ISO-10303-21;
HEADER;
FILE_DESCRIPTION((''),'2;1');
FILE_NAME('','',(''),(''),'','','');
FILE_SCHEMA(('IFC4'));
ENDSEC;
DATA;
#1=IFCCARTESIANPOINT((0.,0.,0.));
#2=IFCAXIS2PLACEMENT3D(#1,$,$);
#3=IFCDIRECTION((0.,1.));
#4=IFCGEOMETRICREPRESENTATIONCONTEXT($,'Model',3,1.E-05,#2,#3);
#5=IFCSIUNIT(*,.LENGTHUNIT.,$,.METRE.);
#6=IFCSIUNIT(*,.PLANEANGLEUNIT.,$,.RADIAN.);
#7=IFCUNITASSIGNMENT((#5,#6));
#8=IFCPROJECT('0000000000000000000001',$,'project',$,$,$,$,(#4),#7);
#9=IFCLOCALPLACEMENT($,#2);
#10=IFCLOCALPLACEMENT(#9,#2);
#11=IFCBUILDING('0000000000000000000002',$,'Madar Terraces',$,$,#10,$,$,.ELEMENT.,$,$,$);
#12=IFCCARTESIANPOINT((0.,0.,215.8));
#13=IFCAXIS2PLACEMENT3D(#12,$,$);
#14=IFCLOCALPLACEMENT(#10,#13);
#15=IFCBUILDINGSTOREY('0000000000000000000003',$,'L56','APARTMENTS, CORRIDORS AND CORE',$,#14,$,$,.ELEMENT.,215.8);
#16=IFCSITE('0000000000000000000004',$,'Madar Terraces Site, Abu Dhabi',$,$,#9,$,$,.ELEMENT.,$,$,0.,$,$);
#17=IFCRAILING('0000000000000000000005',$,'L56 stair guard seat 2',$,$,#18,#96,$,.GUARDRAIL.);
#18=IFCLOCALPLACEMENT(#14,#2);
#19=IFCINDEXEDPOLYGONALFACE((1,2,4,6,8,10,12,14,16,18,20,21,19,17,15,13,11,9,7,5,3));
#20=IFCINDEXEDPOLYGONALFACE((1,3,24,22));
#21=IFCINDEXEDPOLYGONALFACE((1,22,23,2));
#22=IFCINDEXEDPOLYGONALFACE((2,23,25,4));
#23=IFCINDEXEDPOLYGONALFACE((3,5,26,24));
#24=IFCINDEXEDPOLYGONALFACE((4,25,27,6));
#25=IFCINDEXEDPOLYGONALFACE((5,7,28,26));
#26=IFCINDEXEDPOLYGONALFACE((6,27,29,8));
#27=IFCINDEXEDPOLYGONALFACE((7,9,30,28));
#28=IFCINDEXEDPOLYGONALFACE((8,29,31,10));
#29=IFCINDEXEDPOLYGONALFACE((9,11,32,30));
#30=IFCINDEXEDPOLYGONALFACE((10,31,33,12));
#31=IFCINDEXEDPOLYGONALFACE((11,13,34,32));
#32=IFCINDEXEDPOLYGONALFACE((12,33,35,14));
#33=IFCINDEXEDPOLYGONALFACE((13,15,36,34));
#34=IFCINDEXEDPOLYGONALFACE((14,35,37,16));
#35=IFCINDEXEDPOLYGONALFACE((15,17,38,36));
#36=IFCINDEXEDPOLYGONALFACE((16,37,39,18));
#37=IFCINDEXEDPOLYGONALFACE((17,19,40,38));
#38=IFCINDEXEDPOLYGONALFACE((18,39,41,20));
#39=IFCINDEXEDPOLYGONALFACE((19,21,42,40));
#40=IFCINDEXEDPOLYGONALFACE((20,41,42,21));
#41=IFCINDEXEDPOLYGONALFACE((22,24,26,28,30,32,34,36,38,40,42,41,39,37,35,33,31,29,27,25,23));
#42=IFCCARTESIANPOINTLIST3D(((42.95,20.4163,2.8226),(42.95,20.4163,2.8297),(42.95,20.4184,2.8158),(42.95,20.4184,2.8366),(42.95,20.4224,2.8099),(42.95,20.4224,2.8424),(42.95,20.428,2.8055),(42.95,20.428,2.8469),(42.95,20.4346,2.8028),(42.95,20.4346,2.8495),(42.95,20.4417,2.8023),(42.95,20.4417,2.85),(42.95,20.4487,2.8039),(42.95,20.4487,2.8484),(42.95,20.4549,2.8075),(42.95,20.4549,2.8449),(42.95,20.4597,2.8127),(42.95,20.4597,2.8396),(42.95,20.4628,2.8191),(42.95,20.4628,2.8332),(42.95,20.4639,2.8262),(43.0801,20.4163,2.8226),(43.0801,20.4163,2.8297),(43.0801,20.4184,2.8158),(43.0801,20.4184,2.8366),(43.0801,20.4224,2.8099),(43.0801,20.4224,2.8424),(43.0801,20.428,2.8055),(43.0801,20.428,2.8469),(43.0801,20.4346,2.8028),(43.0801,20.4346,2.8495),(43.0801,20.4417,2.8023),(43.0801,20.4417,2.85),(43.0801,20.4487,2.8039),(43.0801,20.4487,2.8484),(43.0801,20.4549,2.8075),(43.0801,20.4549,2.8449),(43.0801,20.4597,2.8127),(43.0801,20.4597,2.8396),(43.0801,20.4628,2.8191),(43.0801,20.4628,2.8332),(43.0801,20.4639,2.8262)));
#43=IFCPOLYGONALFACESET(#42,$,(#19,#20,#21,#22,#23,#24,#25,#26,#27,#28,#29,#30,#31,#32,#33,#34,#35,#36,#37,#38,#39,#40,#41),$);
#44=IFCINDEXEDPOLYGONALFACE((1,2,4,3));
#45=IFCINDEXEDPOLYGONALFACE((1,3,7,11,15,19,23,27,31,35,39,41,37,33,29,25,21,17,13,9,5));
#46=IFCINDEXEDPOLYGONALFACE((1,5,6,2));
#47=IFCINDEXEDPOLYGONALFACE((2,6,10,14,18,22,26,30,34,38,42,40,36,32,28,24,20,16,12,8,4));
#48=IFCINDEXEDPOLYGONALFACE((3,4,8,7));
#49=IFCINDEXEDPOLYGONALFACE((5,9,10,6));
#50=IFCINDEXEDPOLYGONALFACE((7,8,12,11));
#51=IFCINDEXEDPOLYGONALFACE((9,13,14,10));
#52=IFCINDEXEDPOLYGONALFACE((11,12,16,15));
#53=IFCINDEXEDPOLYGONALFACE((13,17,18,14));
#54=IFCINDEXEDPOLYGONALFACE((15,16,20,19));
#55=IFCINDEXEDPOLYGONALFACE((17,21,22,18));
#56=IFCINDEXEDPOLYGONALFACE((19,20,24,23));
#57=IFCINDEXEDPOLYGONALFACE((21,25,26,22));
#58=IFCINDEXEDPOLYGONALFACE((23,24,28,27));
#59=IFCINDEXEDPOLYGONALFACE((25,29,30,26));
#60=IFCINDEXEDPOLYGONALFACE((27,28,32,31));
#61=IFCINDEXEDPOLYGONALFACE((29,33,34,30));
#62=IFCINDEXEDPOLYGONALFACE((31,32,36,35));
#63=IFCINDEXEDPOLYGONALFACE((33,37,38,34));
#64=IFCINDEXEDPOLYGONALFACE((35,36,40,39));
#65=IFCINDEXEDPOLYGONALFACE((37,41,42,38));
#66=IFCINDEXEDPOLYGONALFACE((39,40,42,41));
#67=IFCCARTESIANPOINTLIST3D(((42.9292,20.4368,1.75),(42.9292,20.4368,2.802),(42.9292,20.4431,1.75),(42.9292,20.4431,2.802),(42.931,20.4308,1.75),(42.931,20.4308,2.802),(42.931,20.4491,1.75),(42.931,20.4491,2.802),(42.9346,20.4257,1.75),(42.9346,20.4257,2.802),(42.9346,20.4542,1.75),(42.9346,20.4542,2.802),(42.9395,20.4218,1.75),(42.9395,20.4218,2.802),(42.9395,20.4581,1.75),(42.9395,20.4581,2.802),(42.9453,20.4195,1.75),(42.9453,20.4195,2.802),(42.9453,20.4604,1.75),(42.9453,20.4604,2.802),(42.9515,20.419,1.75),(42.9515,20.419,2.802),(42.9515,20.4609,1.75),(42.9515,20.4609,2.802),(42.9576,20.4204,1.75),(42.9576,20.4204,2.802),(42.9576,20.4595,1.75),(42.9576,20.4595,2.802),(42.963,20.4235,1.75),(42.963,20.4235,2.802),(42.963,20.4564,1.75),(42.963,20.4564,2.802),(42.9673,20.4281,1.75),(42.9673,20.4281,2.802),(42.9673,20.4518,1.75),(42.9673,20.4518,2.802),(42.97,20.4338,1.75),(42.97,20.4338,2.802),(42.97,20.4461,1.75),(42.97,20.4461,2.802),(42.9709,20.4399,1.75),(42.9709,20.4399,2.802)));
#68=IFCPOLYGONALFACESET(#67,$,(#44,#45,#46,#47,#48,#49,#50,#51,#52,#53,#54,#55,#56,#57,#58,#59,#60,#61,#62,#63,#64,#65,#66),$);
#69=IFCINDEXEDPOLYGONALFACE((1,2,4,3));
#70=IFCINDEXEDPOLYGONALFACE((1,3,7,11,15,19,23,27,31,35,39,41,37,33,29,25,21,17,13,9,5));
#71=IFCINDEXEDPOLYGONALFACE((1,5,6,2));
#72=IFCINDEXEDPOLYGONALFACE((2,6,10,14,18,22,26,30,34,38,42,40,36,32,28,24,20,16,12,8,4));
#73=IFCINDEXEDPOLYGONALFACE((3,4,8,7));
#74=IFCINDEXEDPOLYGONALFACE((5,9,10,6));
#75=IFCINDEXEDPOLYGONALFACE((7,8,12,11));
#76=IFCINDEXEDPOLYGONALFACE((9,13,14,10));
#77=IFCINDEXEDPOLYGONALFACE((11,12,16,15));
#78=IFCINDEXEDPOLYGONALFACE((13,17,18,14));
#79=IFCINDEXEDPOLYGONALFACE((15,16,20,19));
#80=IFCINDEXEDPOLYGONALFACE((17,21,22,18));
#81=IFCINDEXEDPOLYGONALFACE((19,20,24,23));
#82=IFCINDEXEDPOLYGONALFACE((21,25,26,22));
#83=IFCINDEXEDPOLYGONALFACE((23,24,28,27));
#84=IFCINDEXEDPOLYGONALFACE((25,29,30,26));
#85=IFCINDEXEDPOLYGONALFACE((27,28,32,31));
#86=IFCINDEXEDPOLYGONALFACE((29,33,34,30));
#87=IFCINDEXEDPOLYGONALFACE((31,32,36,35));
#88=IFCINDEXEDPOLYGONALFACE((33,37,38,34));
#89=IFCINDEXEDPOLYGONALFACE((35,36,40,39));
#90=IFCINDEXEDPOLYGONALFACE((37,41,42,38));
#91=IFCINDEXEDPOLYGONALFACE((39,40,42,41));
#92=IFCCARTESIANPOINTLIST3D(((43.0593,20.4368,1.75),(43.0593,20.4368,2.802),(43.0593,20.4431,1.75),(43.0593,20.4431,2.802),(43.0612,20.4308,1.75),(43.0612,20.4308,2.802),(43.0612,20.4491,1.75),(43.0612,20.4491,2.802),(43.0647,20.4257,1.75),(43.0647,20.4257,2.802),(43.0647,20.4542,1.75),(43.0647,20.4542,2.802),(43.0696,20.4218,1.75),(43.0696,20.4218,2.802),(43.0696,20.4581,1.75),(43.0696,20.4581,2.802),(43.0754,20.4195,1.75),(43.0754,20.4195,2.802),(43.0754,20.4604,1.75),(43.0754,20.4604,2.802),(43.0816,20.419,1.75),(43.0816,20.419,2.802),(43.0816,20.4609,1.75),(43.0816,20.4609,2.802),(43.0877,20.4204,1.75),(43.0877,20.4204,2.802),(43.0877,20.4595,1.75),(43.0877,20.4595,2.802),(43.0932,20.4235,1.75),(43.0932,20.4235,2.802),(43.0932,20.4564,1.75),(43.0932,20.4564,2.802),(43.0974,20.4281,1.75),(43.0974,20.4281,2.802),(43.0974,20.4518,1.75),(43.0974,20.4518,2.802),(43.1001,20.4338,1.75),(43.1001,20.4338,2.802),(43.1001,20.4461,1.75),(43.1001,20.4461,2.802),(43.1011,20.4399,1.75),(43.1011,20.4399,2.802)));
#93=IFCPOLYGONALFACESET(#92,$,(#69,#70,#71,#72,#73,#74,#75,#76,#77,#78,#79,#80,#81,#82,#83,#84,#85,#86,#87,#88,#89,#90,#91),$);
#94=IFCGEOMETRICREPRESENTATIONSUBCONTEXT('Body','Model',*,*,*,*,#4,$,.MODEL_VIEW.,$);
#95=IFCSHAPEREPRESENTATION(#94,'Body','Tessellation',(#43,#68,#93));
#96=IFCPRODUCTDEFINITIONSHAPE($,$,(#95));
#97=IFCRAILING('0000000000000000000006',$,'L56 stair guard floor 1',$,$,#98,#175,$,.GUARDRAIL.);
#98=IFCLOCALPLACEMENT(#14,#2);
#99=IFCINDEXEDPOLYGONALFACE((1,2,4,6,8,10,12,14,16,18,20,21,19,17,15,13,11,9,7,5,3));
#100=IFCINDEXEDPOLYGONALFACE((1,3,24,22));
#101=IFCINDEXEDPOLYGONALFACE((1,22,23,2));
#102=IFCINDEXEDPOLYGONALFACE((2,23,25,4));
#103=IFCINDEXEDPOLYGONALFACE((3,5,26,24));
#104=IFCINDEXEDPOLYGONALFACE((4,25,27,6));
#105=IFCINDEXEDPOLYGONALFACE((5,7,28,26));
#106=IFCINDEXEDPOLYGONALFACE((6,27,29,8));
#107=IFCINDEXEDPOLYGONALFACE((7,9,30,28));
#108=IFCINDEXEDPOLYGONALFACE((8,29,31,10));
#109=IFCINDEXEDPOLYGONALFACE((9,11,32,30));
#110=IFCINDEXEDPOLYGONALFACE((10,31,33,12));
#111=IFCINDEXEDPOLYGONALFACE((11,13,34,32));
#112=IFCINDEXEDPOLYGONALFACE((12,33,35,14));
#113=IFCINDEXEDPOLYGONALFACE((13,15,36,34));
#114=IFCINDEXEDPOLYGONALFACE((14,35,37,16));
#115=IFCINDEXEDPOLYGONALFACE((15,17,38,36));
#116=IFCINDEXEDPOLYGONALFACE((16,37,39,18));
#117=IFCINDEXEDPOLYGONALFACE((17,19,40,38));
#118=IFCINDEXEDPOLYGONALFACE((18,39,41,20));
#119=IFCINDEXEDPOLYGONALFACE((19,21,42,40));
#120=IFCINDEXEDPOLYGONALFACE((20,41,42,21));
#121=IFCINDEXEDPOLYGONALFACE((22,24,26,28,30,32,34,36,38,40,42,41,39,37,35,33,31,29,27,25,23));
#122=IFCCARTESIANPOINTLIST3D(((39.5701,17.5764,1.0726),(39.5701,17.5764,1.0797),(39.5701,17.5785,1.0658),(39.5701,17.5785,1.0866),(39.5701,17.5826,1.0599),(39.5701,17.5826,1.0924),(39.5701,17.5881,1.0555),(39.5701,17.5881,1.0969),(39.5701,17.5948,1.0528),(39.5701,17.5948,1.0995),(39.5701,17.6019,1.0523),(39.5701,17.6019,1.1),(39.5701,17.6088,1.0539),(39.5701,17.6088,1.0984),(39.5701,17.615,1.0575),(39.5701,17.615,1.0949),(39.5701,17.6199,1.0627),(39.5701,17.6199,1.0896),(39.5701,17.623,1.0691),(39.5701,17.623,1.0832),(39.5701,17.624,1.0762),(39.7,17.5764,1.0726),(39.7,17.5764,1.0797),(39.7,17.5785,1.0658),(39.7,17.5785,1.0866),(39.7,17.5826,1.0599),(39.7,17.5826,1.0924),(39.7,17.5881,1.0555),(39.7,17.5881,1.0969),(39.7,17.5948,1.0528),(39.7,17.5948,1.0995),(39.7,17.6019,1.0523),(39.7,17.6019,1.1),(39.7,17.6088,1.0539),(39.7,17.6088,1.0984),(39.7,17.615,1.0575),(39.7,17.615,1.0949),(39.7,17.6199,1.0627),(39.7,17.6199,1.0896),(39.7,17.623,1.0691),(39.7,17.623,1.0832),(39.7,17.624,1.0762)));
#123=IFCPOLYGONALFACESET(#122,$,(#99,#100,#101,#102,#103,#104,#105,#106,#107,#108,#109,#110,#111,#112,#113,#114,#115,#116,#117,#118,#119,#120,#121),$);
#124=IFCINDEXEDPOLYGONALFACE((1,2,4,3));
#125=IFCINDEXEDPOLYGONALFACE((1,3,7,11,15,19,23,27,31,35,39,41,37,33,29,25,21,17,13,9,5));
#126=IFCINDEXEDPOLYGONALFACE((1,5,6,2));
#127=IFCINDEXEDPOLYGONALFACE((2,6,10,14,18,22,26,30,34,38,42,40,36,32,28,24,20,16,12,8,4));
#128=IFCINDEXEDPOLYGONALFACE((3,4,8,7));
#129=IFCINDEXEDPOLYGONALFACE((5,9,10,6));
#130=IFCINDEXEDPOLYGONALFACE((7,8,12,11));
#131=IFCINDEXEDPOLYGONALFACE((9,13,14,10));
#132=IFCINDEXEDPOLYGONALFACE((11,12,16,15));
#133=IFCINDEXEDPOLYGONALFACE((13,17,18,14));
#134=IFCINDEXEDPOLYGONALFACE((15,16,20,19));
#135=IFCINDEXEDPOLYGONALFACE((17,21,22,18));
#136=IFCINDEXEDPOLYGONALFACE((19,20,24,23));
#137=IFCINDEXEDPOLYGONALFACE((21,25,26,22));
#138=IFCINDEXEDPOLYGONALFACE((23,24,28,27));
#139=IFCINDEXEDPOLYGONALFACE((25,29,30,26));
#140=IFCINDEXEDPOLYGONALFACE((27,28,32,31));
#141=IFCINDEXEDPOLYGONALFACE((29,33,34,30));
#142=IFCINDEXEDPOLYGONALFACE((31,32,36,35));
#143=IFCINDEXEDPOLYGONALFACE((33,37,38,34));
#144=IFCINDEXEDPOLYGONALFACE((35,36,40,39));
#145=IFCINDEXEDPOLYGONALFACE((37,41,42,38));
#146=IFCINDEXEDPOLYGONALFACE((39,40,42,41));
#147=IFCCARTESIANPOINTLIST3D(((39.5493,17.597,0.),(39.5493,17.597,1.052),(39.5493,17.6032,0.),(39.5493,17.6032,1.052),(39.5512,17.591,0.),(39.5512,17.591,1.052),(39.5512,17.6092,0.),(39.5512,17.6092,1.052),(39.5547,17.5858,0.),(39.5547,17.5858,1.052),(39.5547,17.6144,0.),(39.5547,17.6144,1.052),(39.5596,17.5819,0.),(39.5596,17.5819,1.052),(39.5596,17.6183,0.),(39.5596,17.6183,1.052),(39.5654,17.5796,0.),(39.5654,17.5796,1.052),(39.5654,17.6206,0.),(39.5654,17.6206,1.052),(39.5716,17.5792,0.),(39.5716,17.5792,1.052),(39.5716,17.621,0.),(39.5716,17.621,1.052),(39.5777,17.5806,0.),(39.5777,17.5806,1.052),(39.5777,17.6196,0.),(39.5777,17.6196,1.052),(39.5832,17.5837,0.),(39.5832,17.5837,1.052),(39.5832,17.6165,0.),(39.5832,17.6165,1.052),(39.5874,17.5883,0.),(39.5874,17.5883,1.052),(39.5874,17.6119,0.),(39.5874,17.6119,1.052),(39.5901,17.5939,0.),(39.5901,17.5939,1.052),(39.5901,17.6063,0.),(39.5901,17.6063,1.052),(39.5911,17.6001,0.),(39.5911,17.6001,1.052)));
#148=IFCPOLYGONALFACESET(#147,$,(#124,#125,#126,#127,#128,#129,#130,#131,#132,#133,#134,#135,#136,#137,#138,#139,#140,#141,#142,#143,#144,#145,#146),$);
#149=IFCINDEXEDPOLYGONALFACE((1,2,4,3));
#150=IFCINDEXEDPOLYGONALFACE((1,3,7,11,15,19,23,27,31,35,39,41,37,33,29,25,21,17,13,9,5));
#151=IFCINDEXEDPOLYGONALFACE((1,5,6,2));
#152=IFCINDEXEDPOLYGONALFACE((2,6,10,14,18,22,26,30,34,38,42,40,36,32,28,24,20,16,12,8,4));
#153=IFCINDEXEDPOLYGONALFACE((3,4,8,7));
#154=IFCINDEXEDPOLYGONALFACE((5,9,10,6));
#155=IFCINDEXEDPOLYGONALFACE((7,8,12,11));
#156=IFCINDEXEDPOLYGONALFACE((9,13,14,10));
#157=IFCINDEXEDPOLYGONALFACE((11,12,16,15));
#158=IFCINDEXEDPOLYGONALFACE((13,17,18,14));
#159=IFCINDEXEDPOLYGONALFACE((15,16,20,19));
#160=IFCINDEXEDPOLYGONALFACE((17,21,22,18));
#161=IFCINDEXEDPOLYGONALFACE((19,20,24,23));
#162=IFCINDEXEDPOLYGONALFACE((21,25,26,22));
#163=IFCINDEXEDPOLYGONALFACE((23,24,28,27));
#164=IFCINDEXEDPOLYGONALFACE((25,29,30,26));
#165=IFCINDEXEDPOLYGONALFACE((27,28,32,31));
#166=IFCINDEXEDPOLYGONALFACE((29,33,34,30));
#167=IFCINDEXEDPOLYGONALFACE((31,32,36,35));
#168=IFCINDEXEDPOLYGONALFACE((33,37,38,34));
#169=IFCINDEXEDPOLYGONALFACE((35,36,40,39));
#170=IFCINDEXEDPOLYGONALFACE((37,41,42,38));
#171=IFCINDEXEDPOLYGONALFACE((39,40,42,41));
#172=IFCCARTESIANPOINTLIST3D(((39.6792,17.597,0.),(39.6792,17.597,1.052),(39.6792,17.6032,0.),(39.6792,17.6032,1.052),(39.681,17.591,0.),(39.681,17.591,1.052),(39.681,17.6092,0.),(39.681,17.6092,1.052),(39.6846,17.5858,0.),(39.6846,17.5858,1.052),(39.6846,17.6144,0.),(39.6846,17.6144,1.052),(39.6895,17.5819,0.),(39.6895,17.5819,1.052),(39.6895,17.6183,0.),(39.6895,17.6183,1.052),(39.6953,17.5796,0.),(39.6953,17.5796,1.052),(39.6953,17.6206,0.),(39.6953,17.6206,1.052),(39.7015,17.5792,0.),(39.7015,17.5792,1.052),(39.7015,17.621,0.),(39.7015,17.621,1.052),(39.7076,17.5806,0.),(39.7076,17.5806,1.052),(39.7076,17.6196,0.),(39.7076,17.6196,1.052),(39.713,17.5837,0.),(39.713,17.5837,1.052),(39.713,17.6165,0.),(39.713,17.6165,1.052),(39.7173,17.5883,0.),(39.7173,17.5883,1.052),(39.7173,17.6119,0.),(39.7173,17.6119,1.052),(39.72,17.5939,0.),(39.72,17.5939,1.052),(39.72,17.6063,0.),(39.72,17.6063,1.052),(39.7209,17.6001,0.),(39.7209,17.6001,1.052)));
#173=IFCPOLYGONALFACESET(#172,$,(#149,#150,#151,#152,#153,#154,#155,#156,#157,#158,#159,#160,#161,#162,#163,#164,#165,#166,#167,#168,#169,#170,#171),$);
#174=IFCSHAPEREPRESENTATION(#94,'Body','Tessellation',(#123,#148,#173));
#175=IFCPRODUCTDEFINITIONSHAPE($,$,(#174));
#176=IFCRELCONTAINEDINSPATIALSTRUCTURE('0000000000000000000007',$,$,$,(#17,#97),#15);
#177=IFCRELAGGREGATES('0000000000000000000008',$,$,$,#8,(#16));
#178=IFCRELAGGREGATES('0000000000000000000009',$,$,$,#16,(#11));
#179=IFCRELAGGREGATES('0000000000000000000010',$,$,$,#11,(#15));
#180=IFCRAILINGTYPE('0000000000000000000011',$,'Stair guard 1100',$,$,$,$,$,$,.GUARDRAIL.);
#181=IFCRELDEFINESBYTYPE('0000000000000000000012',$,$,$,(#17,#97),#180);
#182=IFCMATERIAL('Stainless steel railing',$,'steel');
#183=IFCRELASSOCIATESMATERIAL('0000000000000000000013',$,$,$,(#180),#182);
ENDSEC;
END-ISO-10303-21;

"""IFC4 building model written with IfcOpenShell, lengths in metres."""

from ifc_helpers import new_model, si_unit, direction, frame, origin, origin_2d, place, context, subcontext, project, spatial, circle, extrude, material, type_object, element, save


model = new_model("IFC4")

# Units and contexts
model_context = context("Model", 3, precision=1e-05, world=origin(), true_north=direction((0.0, 1.0)))
body_context = subcontext(model_context, "Body", "Model", "MODEL_VIEW")
ifc_project = project(units=[si_unit("LENGTHUNIT", "METRE"), si_unit("PLANEANGLEUNIT", "RADIAN")], contexts=[model_context])

# Site, building, storey
site_placement = place(None, origin())
site = spatial("IfcSite", under=ifc_project, at=site_placement, Name="Madar Terraces Site, Abu Dhabi", CompositionType="ELEMENT", RefElevation=0.0)
building_placement = place(site_placement, origin())
building = spatial("IfcBuilding", under=site, at=building_placement, Name="Madar Terraces", CompositionType="ELEMENT")
storey_placement = place(building_placement, frame((0.0, 0.0, 215.8)))
storey = spatial("IfcBuildingStorey", under=building, at=storey_placement, Name="L56", Description="APARTMENTS, CORRIDORS AND CORE", CompositionType="ELEMENT", Elevation=215.8)

# Railings
ifc_material_1 = material(Name="Stainless steel railing", Category="steel")
railing_type_1 = type_object("IfcRailingType", Name="Stair guard 1100", PredefinedType="GUARDRAIL", material=ifc_material_1)
railing_1_placement = place(storey_placement, frame((42.95, 20.4399, 1.75)))
element("IfcRailing", 1, at=railing_1_placement, inside=storey, type_object=railing_type_1, Name="L56 stair guard seat 2", PredefinedType="GUARDRAIL", context=body_context, shape_type="SweptSolid", body=[
    extrude(circle(Radius=0.0239, at=origin_2d()), frame((0.0, 0.0, 1.0762), z_axis=(1.0, 0.0, 0.0), x_axis=(0.0, 1.0, 0.0)), (0.0, 0.0, 1.0), 0.1301),
    extrude(circle(Radius=0.021, at=origin_2d()), origin(), (0.0, 0.0, 1.0), 1.052),
    extrude(circle(Radius=0.021, at=origin_2d()), frame((0.1301, 0.0, 0.0)), (0.0, 0.0, 1.0), 1.052),
])
railing_2_placement = place(storey_placement, frame((39.5701, 17.6001, 0.0)))
element("IfcRailing", 2, at=railing_2_placement, inside=storey, type_object=railing_type_1, Name="L56 stair guard floor 1", PredefinedType="GUARDRAIL", context=body_context, shape_type="SweptSolid", body=[
    extrude(circle(Radius=0.0239, at=origin_2d()), frame((0.0, 0.0, 1.0762), z_axis=(1.0, 0.0, 0.0), x_axis=(0.0, 1.0, 0.0)), (0.0, 0.0, 1.0), 0.1299),
    extrude(circle(Radius=0.021, at=origin_2d()), origin(), (0.0, 0.0, 1.0), 1.052),
    extrude(circle(Radius=0.021, at=origin_2d()), frame((0.1299, 0.0, 0.0)), (0.0, 0.0, 1.0), 1.052),
])

save(model, "model.ifc")
